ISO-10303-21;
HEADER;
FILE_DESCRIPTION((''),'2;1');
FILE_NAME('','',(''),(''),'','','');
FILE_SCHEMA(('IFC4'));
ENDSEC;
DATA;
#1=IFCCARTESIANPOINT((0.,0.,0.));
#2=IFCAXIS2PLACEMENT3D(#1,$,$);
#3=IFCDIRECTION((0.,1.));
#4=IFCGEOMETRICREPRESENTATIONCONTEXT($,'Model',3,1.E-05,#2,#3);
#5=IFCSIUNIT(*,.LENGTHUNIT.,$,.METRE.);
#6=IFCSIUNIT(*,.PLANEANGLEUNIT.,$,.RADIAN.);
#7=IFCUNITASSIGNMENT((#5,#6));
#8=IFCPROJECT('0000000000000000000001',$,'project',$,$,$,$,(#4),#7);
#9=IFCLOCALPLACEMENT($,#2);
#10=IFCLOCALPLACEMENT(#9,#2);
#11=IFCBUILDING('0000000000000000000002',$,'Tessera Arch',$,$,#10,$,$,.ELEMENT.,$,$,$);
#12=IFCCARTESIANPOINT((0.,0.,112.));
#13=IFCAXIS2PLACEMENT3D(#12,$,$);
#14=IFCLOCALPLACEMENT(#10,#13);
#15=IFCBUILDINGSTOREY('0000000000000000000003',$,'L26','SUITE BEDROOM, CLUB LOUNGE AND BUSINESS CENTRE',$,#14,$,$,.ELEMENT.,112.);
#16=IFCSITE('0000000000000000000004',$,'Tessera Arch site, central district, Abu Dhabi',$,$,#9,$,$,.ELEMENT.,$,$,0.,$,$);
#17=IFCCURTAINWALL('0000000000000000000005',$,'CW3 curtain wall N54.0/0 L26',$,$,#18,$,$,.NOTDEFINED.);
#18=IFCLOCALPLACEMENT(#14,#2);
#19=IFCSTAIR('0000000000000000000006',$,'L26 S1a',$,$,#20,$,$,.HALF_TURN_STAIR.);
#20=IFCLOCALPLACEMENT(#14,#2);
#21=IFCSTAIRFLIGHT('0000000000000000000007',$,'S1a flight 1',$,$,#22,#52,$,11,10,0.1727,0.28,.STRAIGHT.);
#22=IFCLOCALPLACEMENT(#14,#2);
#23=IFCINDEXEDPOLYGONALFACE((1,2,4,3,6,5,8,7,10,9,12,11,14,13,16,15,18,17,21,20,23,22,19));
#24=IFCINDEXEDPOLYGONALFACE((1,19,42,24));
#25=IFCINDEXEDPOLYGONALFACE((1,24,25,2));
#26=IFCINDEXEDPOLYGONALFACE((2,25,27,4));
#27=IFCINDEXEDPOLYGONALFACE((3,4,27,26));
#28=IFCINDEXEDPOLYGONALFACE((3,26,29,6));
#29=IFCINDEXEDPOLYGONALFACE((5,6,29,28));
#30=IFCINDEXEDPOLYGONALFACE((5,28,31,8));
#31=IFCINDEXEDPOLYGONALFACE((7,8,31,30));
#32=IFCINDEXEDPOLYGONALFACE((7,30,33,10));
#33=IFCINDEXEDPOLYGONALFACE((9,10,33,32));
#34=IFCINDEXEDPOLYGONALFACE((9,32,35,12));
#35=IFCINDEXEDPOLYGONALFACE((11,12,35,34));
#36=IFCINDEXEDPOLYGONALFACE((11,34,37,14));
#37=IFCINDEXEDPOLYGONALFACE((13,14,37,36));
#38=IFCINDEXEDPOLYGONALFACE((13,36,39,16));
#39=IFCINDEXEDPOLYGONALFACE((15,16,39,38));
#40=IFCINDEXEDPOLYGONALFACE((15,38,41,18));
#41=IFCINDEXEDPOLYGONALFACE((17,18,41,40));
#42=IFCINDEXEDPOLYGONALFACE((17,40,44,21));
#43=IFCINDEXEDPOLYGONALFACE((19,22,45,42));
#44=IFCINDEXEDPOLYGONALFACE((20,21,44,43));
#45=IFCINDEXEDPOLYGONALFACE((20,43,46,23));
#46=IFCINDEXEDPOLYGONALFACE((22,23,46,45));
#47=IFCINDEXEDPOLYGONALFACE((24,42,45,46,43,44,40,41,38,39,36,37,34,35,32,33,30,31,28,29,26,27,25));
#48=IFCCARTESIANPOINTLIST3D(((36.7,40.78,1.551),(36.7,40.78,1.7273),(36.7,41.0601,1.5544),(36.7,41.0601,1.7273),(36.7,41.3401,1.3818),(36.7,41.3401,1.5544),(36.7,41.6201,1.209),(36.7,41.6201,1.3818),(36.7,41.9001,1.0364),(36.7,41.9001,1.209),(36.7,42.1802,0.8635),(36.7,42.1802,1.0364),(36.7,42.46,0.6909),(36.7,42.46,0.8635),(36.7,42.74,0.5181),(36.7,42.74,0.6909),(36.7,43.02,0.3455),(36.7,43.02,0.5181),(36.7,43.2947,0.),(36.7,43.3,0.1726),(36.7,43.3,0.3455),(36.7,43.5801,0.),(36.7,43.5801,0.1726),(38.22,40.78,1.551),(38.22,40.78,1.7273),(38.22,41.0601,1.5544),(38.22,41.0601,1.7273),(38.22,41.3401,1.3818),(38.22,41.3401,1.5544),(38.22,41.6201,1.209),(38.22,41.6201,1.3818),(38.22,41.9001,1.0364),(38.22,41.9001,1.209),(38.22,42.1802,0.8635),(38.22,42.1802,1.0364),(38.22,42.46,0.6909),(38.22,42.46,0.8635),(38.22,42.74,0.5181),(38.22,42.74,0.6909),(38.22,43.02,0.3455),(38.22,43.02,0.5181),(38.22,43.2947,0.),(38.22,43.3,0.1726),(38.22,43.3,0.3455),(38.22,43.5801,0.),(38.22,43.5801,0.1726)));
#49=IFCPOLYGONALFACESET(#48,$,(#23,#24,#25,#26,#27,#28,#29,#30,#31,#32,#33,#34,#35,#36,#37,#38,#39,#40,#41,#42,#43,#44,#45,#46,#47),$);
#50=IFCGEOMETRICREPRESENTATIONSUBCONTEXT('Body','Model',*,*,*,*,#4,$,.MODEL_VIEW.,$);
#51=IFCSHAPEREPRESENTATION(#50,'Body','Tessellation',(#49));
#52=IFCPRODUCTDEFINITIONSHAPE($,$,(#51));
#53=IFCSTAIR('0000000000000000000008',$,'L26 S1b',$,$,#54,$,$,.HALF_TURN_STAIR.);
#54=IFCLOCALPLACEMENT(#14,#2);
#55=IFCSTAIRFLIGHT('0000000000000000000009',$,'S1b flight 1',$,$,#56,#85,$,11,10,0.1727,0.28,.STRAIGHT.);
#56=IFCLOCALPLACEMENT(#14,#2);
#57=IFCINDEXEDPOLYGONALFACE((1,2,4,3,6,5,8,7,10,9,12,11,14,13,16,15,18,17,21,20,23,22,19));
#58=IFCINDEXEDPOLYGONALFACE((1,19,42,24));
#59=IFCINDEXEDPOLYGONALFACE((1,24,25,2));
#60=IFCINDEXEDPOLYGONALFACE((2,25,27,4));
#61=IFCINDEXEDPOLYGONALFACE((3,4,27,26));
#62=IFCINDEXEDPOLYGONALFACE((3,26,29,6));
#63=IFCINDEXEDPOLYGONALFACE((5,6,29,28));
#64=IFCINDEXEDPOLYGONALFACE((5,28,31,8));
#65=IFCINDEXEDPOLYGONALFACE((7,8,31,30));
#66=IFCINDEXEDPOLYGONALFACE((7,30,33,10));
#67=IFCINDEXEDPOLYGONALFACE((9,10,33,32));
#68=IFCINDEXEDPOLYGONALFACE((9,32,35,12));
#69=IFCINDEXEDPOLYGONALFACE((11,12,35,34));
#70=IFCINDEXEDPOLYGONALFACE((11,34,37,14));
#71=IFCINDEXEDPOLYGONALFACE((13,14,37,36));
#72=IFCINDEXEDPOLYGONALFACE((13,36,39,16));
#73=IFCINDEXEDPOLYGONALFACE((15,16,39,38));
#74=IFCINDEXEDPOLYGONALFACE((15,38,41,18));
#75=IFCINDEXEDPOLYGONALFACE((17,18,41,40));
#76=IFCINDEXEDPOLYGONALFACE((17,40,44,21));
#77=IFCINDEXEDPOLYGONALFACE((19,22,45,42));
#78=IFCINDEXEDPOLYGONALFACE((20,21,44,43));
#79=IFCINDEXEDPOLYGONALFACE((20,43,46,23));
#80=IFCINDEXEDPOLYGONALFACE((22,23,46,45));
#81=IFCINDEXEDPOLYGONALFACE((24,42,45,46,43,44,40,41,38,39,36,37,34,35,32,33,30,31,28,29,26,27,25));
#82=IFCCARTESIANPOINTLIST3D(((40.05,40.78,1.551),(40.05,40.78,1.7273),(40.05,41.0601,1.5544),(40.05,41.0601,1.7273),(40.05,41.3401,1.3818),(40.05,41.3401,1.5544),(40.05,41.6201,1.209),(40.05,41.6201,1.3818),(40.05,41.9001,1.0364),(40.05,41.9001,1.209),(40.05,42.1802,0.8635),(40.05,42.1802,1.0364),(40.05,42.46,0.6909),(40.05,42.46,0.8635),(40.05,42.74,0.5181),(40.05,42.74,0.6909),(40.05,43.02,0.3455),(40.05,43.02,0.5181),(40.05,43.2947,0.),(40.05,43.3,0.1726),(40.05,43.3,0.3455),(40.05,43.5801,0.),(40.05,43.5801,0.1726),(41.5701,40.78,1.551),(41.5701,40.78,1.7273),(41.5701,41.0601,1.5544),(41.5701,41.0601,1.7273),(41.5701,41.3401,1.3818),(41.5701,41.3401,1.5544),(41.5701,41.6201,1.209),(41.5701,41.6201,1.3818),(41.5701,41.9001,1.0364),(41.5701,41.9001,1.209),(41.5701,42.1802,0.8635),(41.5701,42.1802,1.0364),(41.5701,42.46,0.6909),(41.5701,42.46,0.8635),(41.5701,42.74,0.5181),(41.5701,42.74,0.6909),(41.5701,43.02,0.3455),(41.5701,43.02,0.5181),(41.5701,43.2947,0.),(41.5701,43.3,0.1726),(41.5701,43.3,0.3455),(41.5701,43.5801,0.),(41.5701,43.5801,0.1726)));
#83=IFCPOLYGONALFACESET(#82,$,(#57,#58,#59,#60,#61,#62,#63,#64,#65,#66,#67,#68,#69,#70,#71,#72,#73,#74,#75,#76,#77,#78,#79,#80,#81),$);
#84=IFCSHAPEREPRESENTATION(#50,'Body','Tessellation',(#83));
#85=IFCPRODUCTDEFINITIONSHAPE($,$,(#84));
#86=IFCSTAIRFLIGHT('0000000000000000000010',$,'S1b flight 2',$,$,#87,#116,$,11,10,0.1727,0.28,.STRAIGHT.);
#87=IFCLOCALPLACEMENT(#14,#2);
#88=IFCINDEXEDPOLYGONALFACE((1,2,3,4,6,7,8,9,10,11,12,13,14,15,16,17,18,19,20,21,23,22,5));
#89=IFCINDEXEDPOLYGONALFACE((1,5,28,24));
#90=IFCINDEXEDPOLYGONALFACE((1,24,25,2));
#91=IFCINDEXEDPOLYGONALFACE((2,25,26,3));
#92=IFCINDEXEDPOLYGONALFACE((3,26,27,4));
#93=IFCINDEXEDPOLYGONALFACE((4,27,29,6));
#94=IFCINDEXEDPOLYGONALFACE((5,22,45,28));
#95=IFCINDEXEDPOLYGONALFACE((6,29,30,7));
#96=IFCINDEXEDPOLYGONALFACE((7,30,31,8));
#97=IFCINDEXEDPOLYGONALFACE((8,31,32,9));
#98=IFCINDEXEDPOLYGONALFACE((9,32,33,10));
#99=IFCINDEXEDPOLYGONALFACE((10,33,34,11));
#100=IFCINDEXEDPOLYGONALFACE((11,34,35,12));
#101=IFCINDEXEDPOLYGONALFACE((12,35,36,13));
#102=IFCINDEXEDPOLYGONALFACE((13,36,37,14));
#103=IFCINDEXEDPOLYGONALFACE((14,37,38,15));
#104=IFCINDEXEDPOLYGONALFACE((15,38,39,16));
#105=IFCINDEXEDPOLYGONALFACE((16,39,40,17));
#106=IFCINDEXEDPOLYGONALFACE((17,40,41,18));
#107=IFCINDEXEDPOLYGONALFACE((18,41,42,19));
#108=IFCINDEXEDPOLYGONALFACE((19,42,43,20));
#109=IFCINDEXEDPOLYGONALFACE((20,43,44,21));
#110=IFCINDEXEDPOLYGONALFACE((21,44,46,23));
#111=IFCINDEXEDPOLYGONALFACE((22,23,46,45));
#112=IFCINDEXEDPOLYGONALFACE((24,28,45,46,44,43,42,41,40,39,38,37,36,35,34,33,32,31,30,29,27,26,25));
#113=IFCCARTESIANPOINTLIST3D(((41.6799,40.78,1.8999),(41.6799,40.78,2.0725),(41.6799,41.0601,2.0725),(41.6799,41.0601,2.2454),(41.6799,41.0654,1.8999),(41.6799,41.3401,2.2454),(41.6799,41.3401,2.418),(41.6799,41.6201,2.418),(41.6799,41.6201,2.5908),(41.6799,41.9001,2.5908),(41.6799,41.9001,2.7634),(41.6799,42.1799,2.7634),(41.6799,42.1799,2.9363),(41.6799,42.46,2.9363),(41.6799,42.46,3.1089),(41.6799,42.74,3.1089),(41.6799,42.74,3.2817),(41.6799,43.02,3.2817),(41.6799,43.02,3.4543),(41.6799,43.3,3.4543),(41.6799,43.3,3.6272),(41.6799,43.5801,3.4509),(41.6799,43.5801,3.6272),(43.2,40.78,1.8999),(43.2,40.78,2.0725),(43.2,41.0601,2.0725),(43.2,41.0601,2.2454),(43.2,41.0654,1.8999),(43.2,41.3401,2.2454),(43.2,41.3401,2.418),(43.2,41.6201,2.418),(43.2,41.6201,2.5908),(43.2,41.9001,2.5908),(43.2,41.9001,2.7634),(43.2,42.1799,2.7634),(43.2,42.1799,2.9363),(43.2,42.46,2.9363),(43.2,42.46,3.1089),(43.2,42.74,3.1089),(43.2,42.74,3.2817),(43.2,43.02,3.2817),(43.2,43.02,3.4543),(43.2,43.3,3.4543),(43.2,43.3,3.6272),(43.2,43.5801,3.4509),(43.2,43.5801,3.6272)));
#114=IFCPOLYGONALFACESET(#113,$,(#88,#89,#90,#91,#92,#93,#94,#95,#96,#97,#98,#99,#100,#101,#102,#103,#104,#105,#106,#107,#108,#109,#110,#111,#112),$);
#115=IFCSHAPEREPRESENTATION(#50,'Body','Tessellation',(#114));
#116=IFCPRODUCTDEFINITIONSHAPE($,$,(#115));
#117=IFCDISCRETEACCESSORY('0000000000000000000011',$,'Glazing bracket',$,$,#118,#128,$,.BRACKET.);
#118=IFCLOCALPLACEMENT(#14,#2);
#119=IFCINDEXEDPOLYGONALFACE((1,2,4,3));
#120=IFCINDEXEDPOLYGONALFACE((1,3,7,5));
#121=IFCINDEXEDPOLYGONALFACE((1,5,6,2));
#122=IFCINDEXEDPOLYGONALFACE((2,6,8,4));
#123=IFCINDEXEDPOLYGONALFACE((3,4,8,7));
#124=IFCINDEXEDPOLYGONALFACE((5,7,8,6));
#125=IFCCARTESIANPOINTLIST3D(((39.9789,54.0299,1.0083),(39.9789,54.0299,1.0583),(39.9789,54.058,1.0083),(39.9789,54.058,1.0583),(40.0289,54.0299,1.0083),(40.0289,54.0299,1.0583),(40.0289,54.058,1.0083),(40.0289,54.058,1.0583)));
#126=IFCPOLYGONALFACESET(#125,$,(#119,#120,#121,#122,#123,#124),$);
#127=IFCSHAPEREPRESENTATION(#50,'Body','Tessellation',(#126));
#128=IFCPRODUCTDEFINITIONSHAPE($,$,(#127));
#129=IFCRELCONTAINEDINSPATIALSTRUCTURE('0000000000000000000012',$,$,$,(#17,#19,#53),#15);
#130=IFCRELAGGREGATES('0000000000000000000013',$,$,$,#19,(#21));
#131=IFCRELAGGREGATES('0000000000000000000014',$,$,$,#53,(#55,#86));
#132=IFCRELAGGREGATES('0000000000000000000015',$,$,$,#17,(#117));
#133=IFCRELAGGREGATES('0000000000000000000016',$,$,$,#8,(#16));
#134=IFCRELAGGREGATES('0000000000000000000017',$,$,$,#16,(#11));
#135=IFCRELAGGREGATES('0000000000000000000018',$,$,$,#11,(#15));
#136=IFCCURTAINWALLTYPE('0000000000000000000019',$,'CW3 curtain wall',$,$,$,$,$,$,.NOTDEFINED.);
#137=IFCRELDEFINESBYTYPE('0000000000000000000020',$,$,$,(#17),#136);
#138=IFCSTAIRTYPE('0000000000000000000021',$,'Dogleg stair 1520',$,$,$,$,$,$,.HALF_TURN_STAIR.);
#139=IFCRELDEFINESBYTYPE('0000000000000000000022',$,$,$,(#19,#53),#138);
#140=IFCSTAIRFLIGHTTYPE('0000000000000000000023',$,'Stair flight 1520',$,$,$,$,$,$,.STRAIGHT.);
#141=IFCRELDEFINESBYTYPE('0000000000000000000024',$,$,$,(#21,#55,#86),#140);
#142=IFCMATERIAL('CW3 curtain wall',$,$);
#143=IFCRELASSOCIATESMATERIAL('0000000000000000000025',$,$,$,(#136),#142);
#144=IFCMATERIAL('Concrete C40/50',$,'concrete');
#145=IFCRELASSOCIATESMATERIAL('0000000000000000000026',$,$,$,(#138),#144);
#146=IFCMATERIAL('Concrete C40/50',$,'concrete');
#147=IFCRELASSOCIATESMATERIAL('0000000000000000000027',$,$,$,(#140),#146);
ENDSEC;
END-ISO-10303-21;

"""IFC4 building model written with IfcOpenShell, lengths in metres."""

from ifc_helpers import new_model, si_unit, direction, frame, origin, origin_2d, place, context, subcontext, project, spatial, polyline, rectangle, outline, extrude, material, type_object, element, aggregate, save


model = new_model("IFC4")

# Units and contexts
model_context = context("Model", 3, precision=1e-05, world=origin(), true_north=direction((0.0, 1.0)))
body_context = subcontext(model_context, "Body", "Model", "MODEL_VIEW")
ifc_project = project(units=[si_unit("LENGTHUNIT", "METRE"), si_unit("PLANEANGLEUNIT", "RADIAN")], contexts=[model_context])

# Site, building, storey
site_placement = place(None, origin())
site = spatial("IfcSite", under=ifc_project, at=site_placement, Name="Tessera Arch site, central district, Abu Dhabi", CompositionType="ELEMENT", RefElevation=0.0)
building_placement = place(site_placement, origin())
building = spatial("IfcBuilding", under=site, at=building_placement, Name="Tessera Arch", CompositionType="ELEMENT")
storey_placement = place(building_placement, frame((0.0, 0.0, 112.0)))
storey = spatial("IfcBuildingStorey", under=building, at=storey_placement, Name="L26", Description="SUITE BEDROOM, CLUB LOUNGE AND BUSINESS CENTRE", CompositionType="ELEMENT", Elevation=112.0)

# Curtain wall
ifc_material_1 = material(Name="CW3 curtain wall")
curtain_wall_type_1 = type_object("IfcCurtainWallType", Name="CW3 curtain wall", PredefinedType="NOTDEFINED", material=ifc_material_1)
curtain_wall_1_placement = place(storey_placement, origin())
curtain_wall_1 = element("IfcCurtainWall", 1, at=curtain_wall_1_placement, inside=storey, type_object=curtain_wall_type_1, Name="CW3 curtain wall N54.0/0 L26", PredefinedType="NOTDEFINED")

# Stair, stair flight
ifc_material_2 = material(Name="Concrete C40/50", Category="concrete")
stair_type = type_object("IfcStairType", Name="Dogleg stair 1520", PredefinedType="HALF_TURN_STAIR", material=ifc_material_2)
stair_1_placement = place(storey_placement, origin())
stair_1 = element("IfcStair", 2, at=stair_1_placement, inside=storey, type_object=stair_type, Name="L26 S1a", PredefinedType="HALF_TURN_STAIR")
ifc_material_3 = material(Name="Concrete C40/50", Category="concrete")
stair_flight_type = type_object("IfcStairFlightType", Name="Stair flight 1520", PredefinedType="STRAIGHT", material=ifc_material_3)
stair_flight_1_placement = place(storey_placement, frame((37.46, 43.5801, 0.0), z_axis=(0.0, 0.0, 1.0), x_axis=(0.0, -1.0, 0.0)))
stair_flight_1 = element("IfcStairFlight", 3, at=stair_flight_1_placement, type_object=stair_flight_type, Name="S1a flight 1", NumberOfRisers=11, NumberOfTreads=10, PredefinedType="STRAIGHT", RiserHeight=0.1727, TreadLength=0.28, context=body_context, shape_type="SweptSolid", body=[
    extrude(outline(polyline([(0.0, 0.0), (0.0, 0.1726), (0.28, 0.1726), (0.28, 0.3455), (0.5601, 0.3455), (0.5601, 0.5181), (0.8401, 0.5181), (0.8401, 0.6909), (1.1201, 0.6909), (1.1201, 0.8635), (1.3999, 0.8635), (1.3999, 1.0364), (1.6799, 1.0364), (1.6799, 1.209), (1.96, 1.209), (1.96, 1.3818), (2.24, 1.3818), (2.24, 1.5544), (2.52, 1.5544), (2.52, 1.7273), (2.8, 1.7273), (2.8, 1.8999), (2.8, 1.551), (0.2854, 0.0), (0.0, 0.0)])), frame((0.0, 0.76, 0.0), z_axis=(0.0, -1.0, 0.0), x_axis=(1.0, 0.0, 0.0)), (0.0, 0.0, 1.0), 1.52),
])
aggregate(stair_1, [stair_flight_1])

# Stair, stair flights
stair_2_placement = place(storey_placement, origin())
stair_2 = element("IfcStair", 4, at=stair_2_placement, inside=storey, type_object=stair_type, Name="L26 S1b", PredefinedType="HALF_TURN_STAIR")
stair_flight_2_placement = place(storey_placement, frame((40.8101, 43.5801, 0.0), z_axis=(0.0, 0.0, 1.0), x_axis=(0.0, -1.0, 0.0)))
stair_flight_2 = element("IfcStairFlight", 5, at=stair_flight_2_placement, type_object=stair_flight_type, Name="S1b flight 1", NumberOfRisers=11, NumberOfTreads=10, PredefinedType="STRAIGHT", RiserHeight=0.1727, TreadLength=0.28, context=body_context, shape_type="SweptSolid", body=[
    extrude(outline(polyline([(0.0, 0.0), (0.0, 0.1726), (0.28, 0.1726), (0.28, 0.3455), (0.5601, 0.3455), (0.5601, 0.5181), (0.8401, 0.5181), (0.8401, 0.6909), (1.1201, 0.6909), (1.1201, 0.8635), (1.3999, 0.8635), (1.3999, 1.0364), (1.6799, 1.0364), (1.6799, 1.209), (1.96, 1.209), (1.96, 1.3818), (2.24, 1.3818), (2.24, 1.5544), (2.52, 1.5544), (2.52, 1.7273), (2.8, 1.7273), (2.8, 1.8999), (2.8, 1.551), (0.2854, 0.0), (0.0, 0.0)])), frame((0.0, 0.76, 0.0), z_axis=(0.0, -1.0, 0.0), x_axis=(1.0, 0.0, 0.0)), (0.0, 0.0, 1.0), 1.52),
])
stair_flight_3_placement = place(storey_placement, frame((42.4399, 40.78, 1.8999), z_axis=(0.0, 0.0, 1.0), x_axis=(0.0, 1.0, 0.0)))
stair_flight_3 = element("IfcStairFlight", 6, at=stair_flight_3_placement, type_object=stair_flight_type, Name="S1b flight 2", NumberOfRisers=11, NumberOfTreads=10, PredefinedType="STRAIGHT", RiserHeight=0.1727, TreadLength=0.28, context=body_context, shape_type="SweptSolid", body=[
    extrude(outline(polyline([(0.0, 0.0), (0.0, 0.1726), (0.28, 0.1726), (0.28, 0.3455), (0.5601, 0.3455), (0.5601, 0.5181), (0.8401, 0.5181), (0.8401, 0.6909), (1.1201, 0.6909), (1.1201, 0.8635), (1.3999, 0.8635), (1.3999, 1.0364), (1.6799, 1.0364), (1.6799, 1.209), (1.96, 1.209), (1.96, 1.3818), (2.24, 1.3818), (2.24, 1.5544), (2.52, 1.5544), (2.52, 1.7273), (2.8, 1.7273), (2.8, 1.8999), (2.8, 1.551), (0.2854, 0.0), (0.0, 0.0)])), frame((0.0, 0.76, 0.0), z_axis=(0.0, -1.0, 0.0), x_axis=(1.0, 0.0, 0.0)), (0.0, 0.0, 1.0), 1.52),
])
aggregate(stair_2, [stair_flight_2, stair_flight_3])

# Discrete accessory
discrete_accessory_placement = place(storey_placement, frame((40.0039, 54.0439, 1.0083), z_axis=(0.0, 0.0, 1.0), x_axis=(-1.0, 0.0, 0.0)))
discrete_accessory = element("IfcDiscreteAccessory", 7, at=discrete_accessory_placement, Name="Glazing bracket", PredefinedType="BRACKET", context=body_context, shape_type="SweptSolid", body=[
    extrude(rectangle(XDim=0.05, YDim=0.0281, at=origin_2d()), origin(), (0.0, 0.0, 1.0), 0.05),
])
aggregate(curtain_wall_1, [discrete_accessory])

save(model, "model.ifc")
